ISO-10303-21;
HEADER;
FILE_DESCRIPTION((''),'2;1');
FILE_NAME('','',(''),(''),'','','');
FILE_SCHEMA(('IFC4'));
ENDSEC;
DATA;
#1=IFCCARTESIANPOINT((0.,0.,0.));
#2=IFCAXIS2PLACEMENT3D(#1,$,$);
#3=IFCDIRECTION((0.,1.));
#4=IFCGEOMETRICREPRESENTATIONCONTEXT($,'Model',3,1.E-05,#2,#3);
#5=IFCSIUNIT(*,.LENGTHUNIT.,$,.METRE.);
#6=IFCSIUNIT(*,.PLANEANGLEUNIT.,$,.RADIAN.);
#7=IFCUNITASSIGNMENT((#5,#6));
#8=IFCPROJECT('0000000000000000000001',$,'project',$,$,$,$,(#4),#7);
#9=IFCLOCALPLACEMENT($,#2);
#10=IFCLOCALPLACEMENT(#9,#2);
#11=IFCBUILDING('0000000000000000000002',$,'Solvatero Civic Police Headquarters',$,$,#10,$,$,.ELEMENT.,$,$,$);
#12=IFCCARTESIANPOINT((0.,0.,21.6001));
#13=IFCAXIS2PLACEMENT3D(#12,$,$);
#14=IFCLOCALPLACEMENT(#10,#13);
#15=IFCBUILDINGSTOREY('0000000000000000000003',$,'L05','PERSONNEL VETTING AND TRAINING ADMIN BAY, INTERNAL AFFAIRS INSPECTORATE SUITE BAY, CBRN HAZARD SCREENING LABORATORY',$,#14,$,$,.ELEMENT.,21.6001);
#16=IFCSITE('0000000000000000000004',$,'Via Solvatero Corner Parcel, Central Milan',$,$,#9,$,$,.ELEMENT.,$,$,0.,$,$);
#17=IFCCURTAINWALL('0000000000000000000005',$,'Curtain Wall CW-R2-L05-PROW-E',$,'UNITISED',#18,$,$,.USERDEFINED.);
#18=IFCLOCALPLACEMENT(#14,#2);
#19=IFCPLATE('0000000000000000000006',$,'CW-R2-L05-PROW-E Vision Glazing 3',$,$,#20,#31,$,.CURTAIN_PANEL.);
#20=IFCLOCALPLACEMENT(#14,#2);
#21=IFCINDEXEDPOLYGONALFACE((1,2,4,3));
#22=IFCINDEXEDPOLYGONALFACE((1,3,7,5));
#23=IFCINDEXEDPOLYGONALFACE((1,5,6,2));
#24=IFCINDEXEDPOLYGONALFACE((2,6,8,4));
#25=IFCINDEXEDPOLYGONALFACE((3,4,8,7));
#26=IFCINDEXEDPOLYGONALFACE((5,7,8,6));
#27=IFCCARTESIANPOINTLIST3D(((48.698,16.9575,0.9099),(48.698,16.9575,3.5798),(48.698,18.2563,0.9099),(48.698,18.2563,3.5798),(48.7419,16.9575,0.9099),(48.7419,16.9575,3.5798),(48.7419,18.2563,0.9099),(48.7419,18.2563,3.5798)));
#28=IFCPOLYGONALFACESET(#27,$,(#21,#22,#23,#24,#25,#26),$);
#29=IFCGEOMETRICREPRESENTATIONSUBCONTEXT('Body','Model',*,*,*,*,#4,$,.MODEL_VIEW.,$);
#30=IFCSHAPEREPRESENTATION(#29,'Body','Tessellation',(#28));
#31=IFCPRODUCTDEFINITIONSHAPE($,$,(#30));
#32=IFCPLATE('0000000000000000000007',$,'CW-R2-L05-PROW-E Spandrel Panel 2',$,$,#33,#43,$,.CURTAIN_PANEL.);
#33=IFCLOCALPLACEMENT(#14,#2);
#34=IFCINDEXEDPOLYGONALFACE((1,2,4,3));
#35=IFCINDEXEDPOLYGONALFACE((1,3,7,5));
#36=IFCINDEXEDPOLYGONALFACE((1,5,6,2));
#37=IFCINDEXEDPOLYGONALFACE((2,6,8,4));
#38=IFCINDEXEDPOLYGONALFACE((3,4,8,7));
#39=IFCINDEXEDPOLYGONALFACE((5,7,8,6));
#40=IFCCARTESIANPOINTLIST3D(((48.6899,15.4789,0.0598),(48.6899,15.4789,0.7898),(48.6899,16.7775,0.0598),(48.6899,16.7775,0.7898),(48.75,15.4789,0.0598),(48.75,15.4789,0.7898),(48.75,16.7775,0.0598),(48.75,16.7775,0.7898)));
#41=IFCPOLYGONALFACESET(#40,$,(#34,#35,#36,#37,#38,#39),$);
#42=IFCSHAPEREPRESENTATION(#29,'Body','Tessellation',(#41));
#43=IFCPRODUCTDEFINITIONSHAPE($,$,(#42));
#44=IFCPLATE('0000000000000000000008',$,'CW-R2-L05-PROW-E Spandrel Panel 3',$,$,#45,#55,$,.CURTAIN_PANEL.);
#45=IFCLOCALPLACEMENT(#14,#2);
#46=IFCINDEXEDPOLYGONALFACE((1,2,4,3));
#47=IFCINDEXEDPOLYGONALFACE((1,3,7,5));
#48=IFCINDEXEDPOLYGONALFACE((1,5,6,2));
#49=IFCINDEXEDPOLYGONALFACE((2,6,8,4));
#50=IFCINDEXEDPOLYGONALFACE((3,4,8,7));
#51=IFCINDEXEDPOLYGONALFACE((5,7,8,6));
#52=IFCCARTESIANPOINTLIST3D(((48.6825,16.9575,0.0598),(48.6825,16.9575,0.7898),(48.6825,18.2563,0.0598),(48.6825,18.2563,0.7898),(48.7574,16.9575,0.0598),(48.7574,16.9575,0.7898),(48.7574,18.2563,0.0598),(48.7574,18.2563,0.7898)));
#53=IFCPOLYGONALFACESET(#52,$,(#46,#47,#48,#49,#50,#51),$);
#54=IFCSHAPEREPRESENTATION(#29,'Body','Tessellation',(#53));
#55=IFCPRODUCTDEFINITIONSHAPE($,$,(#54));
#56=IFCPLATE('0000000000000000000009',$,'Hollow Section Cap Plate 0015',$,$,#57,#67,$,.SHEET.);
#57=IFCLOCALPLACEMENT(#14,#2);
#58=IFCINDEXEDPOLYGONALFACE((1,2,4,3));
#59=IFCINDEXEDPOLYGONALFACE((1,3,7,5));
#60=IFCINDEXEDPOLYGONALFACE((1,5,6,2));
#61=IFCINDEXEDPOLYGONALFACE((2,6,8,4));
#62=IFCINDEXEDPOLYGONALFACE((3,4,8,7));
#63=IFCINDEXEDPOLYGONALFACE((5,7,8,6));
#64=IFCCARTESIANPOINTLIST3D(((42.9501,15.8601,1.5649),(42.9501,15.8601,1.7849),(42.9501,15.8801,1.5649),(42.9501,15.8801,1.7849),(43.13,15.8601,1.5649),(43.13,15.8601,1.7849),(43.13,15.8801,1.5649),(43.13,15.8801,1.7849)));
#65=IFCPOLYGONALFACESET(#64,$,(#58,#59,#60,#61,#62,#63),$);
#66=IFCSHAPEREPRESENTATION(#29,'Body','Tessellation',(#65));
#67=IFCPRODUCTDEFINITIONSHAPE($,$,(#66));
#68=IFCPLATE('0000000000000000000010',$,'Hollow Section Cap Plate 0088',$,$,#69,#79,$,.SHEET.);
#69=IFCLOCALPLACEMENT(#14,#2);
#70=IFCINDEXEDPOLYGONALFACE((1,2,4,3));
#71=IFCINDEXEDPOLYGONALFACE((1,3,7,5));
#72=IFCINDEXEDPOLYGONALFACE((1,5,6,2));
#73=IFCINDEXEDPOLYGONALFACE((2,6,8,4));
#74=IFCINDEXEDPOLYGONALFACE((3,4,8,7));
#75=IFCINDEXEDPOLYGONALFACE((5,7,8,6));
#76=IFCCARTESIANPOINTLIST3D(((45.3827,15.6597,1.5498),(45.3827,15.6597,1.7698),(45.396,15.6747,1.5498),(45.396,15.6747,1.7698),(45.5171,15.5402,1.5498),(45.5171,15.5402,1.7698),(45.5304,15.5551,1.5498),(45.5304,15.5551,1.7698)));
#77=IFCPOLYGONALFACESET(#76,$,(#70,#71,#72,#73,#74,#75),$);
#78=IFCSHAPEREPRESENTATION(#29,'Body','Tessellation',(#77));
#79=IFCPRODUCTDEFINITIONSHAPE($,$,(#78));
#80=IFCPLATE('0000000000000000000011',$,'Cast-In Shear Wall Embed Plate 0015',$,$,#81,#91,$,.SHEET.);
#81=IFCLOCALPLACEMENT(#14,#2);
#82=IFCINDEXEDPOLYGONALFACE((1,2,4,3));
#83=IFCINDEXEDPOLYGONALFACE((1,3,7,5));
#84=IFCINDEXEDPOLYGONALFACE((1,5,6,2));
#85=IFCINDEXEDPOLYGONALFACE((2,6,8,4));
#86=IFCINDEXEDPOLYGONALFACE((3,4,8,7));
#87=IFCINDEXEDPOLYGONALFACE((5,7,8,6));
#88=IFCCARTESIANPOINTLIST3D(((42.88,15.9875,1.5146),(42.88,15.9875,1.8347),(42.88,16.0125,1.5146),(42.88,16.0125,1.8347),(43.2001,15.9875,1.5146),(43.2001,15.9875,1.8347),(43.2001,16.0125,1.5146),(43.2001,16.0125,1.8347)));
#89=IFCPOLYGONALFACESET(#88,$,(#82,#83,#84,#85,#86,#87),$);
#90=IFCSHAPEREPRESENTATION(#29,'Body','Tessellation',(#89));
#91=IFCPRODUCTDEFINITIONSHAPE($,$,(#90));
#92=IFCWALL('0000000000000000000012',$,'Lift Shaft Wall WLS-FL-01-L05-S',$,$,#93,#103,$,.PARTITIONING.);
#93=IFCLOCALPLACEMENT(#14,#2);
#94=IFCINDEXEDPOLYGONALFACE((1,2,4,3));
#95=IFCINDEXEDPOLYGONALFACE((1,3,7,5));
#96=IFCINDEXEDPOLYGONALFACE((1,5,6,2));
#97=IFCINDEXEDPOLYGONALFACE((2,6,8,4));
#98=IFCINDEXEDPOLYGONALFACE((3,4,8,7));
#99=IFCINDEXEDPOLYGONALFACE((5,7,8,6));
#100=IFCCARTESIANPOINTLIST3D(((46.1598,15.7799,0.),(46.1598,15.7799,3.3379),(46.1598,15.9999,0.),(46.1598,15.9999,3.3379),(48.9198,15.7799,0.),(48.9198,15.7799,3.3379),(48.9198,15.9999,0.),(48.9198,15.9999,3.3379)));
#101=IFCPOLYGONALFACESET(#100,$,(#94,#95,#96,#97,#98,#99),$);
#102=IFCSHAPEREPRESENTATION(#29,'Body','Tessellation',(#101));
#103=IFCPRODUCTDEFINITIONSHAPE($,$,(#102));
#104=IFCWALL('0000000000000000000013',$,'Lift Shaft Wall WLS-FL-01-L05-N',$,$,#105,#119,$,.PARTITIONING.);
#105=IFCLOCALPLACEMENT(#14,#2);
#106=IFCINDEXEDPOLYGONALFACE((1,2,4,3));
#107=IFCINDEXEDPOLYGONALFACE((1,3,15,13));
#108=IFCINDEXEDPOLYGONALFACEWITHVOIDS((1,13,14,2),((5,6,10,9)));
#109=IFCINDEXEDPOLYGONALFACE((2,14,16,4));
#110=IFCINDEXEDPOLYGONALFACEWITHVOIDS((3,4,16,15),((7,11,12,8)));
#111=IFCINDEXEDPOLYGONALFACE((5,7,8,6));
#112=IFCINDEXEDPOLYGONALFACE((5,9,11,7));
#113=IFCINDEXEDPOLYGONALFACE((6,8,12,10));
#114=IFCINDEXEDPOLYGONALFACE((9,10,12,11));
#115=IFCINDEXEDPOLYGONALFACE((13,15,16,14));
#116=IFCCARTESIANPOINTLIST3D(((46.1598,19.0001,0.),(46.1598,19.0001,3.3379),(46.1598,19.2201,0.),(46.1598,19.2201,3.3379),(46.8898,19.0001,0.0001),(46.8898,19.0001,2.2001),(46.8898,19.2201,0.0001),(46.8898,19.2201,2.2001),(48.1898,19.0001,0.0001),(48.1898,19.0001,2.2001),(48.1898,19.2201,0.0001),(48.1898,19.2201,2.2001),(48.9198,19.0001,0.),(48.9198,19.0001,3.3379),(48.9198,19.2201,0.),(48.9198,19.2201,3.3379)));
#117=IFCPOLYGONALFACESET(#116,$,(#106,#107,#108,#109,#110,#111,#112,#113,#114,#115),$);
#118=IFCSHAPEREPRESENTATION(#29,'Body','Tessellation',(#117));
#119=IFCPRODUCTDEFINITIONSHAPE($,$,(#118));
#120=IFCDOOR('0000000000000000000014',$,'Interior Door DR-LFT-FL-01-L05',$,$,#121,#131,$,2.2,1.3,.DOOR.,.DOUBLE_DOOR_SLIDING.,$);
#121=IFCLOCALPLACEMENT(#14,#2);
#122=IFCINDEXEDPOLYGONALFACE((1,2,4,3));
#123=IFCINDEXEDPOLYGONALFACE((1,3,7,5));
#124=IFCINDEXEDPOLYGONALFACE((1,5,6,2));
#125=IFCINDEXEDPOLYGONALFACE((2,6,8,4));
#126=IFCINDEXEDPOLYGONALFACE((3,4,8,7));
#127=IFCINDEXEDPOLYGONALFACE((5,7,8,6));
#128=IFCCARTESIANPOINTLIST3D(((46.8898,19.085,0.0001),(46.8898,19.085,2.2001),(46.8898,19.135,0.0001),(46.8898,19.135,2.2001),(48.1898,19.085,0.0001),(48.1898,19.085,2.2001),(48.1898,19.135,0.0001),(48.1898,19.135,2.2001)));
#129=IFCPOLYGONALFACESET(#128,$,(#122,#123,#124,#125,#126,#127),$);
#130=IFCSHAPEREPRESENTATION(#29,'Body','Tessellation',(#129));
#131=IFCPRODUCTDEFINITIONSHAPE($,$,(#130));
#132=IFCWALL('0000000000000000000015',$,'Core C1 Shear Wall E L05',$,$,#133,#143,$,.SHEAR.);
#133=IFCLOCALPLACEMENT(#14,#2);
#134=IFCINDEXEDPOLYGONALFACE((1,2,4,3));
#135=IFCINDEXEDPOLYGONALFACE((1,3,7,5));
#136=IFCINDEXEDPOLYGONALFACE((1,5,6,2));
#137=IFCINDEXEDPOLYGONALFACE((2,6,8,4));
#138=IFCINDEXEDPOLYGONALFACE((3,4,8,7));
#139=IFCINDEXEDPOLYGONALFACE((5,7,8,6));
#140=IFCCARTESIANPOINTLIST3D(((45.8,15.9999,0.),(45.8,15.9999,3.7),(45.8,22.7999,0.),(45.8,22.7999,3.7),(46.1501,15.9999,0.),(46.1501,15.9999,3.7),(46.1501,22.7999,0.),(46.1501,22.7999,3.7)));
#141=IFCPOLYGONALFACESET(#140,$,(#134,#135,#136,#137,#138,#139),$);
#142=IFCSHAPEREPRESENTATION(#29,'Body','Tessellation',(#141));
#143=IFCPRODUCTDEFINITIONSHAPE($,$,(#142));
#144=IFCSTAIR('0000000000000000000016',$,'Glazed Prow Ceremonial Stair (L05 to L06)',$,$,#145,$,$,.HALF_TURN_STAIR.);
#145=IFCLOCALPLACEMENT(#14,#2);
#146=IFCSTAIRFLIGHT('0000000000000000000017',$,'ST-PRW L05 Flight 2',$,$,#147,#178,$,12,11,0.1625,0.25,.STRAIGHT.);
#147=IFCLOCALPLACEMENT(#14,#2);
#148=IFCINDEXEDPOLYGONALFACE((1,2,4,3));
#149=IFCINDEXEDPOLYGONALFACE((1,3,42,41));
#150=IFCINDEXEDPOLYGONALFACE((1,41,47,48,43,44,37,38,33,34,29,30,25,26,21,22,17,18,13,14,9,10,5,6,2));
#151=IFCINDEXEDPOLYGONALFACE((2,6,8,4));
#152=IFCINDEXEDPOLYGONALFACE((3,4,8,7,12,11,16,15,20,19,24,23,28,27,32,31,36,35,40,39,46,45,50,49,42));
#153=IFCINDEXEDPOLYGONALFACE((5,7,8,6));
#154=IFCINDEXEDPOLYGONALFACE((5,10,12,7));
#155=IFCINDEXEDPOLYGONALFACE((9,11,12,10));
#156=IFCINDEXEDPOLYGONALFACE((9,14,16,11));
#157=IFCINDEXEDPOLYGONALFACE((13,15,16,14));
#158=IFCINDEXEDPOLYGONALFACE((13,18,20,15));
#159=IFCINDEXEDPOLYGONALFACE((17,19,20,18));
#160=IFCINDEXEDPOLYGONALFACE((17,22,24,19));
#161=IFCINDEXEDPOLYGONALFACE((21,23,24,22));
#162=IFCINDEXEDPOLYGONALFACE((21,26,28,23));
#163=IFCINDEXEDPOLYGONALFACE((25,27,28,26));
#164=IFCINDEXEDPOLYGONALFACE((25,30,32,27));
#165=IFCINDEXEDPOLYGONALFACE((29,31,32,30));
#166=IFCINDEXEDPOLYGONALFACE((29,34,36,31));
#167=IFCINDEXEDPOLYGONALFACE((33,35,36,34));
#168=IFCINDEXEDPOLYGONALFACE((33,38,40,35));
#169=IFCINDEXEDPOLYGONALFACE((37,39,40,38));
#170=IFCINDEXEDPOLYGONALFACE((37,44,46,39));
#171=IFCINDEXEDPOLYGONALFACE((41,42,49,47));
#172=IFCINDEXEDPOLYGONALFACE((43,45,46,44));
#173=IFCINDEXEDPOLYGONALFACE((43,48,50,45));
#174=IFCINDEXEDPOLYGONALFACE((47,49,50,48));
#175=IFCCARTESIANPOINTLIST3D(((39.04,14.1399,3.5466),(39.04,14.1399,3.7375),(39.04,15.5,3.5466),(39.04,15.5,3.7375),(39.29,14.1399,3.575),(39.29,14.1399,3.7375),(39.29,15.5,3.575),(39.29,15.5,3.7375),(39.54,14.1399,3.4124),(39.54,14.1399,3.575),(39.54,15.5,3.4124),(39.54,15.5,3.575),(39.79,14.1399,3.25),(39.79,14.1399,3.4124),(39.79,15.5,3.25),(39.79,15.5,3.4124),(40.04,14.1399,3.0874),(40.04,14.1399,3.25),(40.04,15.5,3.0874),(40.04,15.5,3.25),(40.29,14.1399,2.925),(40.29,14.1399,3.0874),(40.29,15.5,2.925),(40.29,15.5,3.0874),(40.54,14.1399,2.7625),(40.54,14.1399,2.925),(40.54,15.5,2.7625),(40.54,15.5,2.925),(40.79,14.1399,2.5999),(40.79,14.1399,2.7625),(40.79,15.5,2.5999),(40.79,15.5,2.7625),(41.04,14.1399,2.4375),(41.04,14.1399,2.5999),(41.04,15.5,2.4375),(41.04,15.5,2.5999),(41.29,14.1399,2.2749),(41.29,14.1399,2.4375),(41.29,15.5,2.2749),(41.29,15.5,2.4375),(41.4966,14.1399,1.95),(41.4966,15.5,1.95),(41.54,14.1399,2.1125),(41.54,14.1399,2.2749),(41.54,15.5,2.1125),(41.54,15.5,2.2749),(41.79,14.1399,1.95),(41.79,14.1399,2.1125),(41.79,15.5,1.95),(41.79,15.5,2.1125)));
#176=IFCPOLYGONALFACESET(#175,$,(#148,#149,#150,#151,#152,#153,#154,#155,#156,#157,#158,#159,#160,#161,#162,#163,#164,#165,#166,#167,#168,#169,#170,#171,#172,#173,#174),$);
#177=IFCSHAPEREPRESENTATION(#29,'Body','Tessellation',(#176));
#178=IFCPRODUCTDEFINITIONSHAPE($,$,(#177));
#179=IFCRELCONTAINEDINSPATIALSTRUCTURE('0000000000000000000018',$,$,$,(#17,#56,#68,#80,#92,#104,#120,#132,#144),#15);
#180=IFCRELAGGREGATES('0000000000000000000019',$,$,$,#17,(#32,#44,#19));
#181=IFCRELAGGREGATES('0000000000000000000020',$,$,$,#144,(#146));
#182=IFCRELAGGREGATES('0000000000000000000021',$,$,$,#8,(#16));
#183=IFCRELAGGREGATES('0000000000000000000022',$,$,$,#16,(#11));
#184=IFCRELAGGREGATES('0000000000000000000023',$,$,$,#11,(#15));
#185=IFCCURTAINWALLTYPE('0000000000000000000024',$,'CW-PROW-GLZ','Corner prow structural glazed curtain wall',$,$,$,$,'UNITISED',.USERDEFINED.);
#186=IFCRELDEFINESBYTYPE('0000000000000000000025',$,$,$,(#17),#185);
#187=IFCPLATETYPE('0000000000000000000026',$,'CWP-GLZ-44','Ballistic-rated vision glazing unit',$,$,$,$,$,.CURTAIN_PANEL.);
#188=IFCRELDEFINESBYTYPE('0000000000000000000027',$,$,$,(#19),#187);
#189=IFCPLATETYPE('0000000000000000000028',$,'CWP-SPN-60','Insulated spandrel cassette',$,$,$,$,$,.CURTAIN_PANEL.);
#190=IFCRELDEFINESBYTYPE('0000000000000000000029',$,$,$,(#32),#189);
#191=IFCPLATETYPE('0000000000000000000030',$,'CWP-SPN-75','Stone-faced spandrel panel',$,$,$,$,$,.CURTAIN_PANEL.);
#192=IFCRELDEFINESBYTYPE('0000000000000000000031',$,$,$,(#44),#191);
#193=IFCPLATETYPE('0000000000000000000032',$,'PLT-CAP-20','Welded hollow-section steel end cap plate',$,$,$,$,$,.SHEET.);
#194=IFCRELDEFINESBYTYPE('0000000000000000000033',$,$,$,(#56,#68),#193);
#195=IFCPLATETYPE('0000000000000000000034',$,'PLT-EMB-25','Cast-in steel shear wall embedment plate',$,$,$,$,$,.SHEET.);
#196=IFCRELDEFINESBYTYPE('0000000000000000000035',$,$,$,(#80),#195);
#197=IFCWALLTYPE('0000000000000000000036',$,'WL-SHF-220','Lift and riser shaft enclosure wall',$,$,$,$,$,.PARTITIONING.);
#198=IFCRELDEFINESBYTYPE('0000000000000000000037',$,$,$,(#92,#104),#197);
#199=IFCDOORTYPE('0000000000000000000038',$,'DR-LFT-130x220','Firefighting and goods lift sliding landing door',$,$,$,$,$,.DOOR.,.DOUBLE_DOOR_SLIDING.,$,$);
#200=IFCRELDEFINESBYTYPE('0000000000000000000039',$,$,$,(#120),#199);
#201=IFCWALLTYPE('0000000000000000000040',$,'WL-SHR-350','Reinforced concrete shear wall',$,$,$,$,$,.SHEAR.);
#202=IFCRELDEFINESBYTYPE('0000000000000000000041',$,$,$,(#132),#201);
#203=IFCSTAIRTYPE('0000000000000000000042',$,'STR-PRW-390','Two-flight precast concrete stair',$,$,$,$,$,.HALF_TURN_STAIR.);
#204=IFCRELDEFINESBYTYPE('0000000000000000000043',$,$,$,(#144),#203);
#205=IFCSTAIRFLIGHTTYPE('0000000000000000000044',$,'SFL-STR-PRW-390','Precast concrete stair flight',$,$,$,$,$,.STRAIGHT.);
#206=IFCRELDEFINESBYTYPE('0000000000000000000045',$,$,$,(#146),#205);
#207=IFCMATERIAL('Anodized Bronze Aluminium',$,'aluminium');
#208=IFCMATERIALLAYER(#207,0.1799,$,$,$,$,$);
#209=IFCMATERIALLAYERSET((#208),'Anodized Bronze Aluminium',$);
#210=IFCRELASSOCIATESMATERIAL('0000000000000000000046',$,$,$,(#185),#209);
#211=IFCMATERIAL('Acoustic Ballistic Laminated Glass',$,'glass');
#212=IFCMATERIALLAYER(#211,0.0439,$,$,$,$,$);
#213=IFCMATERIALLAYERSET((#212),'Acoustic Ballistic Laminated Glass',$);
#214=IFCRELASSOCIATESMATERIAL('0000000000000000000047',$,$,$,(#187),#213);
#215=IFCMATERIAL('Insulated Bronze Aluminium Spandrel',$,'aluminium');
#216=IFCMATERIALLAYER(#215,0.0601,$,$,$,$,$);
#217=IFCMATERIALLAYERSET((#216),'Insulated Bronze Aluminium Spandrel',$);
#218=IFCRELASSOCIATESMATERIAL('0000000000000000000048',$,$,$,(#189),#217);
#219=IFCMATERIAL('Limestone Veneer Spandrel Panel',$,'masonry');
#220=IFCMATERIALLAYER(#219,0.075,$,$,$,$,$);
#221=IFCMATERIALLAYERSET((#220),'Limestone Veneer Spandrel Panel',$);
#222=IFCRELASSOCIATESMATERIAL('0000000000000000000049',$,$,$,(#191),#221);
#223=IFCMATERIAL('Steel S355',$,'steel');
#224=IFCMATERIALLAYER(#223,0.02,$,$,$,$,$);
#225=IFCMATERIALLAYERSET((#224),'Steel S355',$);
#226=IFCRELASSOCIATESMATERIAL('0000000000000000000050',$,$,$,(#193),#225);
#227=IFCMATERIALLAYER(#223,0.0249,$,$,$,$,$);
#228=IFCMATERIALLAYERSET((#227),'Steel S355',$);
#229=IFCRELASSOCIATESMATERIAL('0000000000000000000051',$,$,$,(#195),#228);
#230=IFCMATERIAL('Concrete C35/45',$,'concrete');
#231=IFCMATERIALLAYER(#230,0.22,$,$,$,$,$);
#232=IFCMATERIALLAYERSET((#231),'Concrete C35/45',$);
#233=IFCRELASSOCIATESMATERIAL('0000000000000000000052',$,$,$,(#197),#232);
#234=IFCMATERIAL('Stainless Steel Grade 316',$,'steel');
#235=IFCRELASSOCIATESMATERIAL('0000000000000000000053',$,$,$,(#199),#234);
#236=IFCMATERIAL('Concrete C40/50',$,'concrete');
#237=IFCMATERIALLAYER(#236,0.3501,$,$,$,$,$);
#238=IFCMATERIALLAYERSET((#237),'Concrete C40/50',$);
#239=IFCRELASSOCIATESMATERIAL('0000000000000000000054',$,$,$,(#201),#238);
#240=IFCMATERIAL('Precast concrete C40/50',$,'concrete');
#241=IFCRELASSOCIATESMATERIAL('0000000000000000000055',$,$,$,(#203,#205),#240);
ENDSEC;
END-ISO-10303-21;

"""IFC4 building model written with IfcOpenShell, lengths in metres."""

from ifc_helpers import new_model, si_unit, direction, frame, frame_2d, origin, origin_2d, place, context, subcontext, project, spatial, polyline, rectangle, outline, extrude, material, layer, layer_set, type_object, element, fill, aggregate, save


model = new_model("IFC4")

# Units and contexts
model_context = context("Model", 3, precision=1e-05, world=origin(), true_north=direction((0.0, 1.0)))
body_context = subcontext(model_context, "Body", "Model", "MODEL_VIEW")
ifc_project = project(units=[si_unit("LENGTHUNIT", "METRE"), si_unit("PLANEANGLEUNIT", "RADIAN")], contexts=[model_context])

# Site, building, storey
site_placement = place(None, origin())
site = spatial("IfcSite", under=ifc_project, at=site_placement, Name="Via Solvatero Corner Parcel, Central Milan", CompositionType="ELEMENT", RefElevation=0.0)
building_placement = place(site_placement, origin())
building = spatial("IfcBuilding", under=site, at=building_placement, Name="Solvatero Civic Police Headquarters", CompositionType="ELEMENT")
storey_placement = place(building_placement, frame((0.0, 0.0, 21.6001)))
storey = spatial("IfcBuildingStorey", under=building, at=storey_placement, Name="L05", Description="PERSONNEL VETTING AND TRAINING ADMIN BAY, INTERNAL AFFAIRS INSPECTORATE SUITE BAY, CBRN HAZARD SCREENING LABORATORY", CompositionType="ELEMENT", Elevation=21.6001)

# Shared definitions
ifc_material_1 = material(Name="Steel S355", Category="steel")

# Curtain wall
ifc_material_2 = material(Name="Anodized Bronze Aluminium", Category="aluminium")
ifc_layer_1 = layer(ifc_material_2, 0.1799)
ifc_layer_set_1 = layer_set([ifc_layer_1], Name="Anodized Bronze Aluminium")
curtain_wall_type = type_object("IfcCurtainWallType", Name="CW-PROW-GLZ", Description="Corner prow structural glazed curtain wall", ElementType="UNITISED", PredefinedType="USERDEFINED", material=ifc_layer_set_1)
curtain_wall_placement = place(storey_placement, origin())
curtain_wall = element("IfcCurtainWall", 1, at=curtain_wall_placement, inside=storey, type_object=curtain_wall_type, Name="Curtain Wall CW-R2-L05-PROW-E", ObjectType="UNITISED", PredefinedType="USERDEFINED")

# Plates
ifc_material_3 = material(Name="Acoustic Ballistic Laminated Glass", Category="glass")
ifc_layer_2 = layer(ifc_material_3, 0.0439)
ifc_layer_set_2 = layer_set([ifc_layer_2], Name="Acoustic Ballistic Laminated Glass")
plate_type_1 = type_object("IfcPlateType", Name="CWP-GLZ-44", Description="Ballistic-rated vision glazing unit", PredefinedType="CURTAIN_PANEL", material=ifc_layer_set_2)
plate_1_placement = place(storey_placement, frame((48.72, 17.6069, 0.9099), z_axis=(0.0, 0.0, 1.0), x_axis=(0.0, 1.0, 0.0)))
plate_1 = element("IfcPlate", 2, at=plate_1_placement, type_object=plate_type_1, Name="CW-R2-L05-PROW-E Vision Glazing 3", PredefinedType="CURTAIN_PANEL", context=body_context, shape_type="SweptSolid", body=[
    extrude(rectangle(XDim=1.2988, YDim=0.0439, at=origin_2d()), origin(), (0.0, 0.0, 1.0), 2.6699),
])
ifc_material_4 = material(Name="Insulated Bronze Aluminium Spandrel", Category="aluminium")
ifc_layer_3 = layer(ifc_material_4, 0.0601)
ifc_layer_set_3 = layer_set([ifc_layer_3], Name="Insulated Bronze Aluminium Spandrel")
plate_type_2 = type_object("IfcPlateType", Name="CWP-SPN-60", Description="Insulated spandrel cassette", PredefinedType="CURTAIN_PANEL", material=ifc_layer_set_3)
plate_2_placement = place(storey_placement, frame((48.72, 16.1282, 0.0598), z_axis=(0.0, 0.0, 1.0), x_axis=(0.0, 1.0, 0.0)))
plate_2 = element("IfcPlate", 3, at=plate_2_placement, type_object=plate_type_2, Name="CW-R2-L05-PROW-E Spandrel Panel 2", PredefinedType="CURTAIN_PANEL", context=body_context, shape_type="SweptSolid", body=[
    extrude(rectangle(XDim=1.2986, YDim=0.0601, at=origin_2d()), origin(), (0.0, 0.0, 1.0), 0.73),
])
ifc_material_5 = material(Name="Limestone Veneer Spandrel Panel", Category="masonry")
ifc_layer_4 = layer(ifc_material_5, 0.075)
ifc_layer_set_4 = layer_set([ifc_layer_4], Name="Limestone Veneer Spandrel Panel")
plate_type_3 = type_object("IfcPlateType", Name="CWP-SPN-75", Description="Stone-faced spandrel panel", PredefinedType="CURTAIN_PANEL", material=ifc_layer_set_4)
plate_3_placement = place(storey_placement, frame((48.72, 17.6069, 0.0598), z_axis=(0.0, 0.0, 1.0), x_axis=(0.0, 1.0, 0.0)))
plate_3 = element("IfcPlate", 4, at=plate_3_placement, type_object=plate_type_3, Name="CW-R2-L05-PROW-E Spandrel Panel 3", PredefinedType="CURTAIN_PANEL", context=body_context, shape_type="SweptSolid", body=[
    extrude(rectangle(XDim=1.2988, YDim=0.075, at=origin_2d()), origin(), (0.0, 0.0, 1.0), 0.73),
])
aggregate(curtain_wall, [plate_2, plate_3, plate_1])

# Plates
ifc_layer_5 = layer(ifc_material_1, 0.02)
ifc_layer_set_5 = layer_set([ifc_layer_5], Name="Steel S355")
plate_type_4 = type_object("IfcPlateType", Name="PLT-CAP-20", Description="Welded hollow-section steel end cap plate", PredefinedType="SHEET", material=ifc_layer_set_5)
plate_4_placement = place(storey_placement, frame((43.04, 15.8701, 1.5649), z_axis=(0.0, 0.0, 1.0), x_axis=(1.0, 0.0, 0.0)))
element("IfcPlate", 5, at=plate_4_placement, inside=storey, type_object=plate_type_4, Name="Hollow Section Cap Plate 0015", PredefinedType="SHEET", context=body_context, shape_type="SweptSolid", body=[
    extrude(rectangle(XDim=0.1799, YDim=0.02, at=origin_2d()), origin(), (0.0, 0.0, 1.0), 0.22),
])
plate_5_placement = place(storey_placement, frame((45.4565, 15.6074, 1.5498), z_axis=(0.0, 0.0, 1.0), x_axis=(0.66437, 0.747404, 0.0)))
element("IfcPlate", 6, at=plate_5_placement, inside=storey, type_object=plate_type_4, Name="Hollow Section Cap Plate 0088", PredefinedType="SHEET", context=body_context, shape_type="SweptSolid", body=[
    extrude(rectangle(XDim=0.02, YDim=0.1799, at=origin_2d()), origin(), (0.0, 0.0, 1.0), 0.22),
])
ifc_layer_6 = layer(ifc_material_1, 0.0249)
ifc_layer_set_6 = layer_set([ifc_layer_6], Name="Steel S355")
plate_type_5 = type_object("IfcPlateType", Name="PLT-EMB-25", Description="Cast-in steel shear wall embedment plate", PredefinedType="SHEET", material=ifc_layer_set_6)
plate_6_placement = place(storey_placement, frame((43.04, 16.0, 1.5146), z_axis=(0.0, 0.0, 1.0), x_axis=(1.0, 0.0, 0.0)))
element("IfcPlate", 7, at=plate_6_placement, inside=storey, type_object=plate_type_5, Name="Cast-In Shear Wall Embed Plate 0015", PredefinedType="SHEET", context=body_context, shape_type="SweptSolid", body=[
    extrude(rectangle(XDim=0.3201, YDim=0.0249, at=origin_2d()), origin(), (0.0, 0.0, 1.0), 0.3201),
])

# Wall
ifc_material_6 = material(Name="Concrete C35/45", Category="concrete")
ifc_layer_7 = layer(ifc_material_6, 0.22)
ifc_layer_set_7 = layer_set([ifc_layer_7], Name="Concrete C35/45")
wall_type_1 = type_object("IfcWallType", Name="WL-SHF-220", Description="Lift and riser shaft enclosure wall", PredefinedType="PARTITIONING", material=ifc_layer_set_7)
wall_1_placement = place(storey_placement, frame((46.1599, 15.8899, 0.0), z_axis=(0.0, 0.0, 1.0), x_axis=(1.0, 0.0, 0.0)))
element("IfcWall", 8, at=wall_1_placement, inside=storey, type_object=wall_type_1, Name="Lift Shaft Wall WLS-FL-01-L05-S", PredefinedType="PARTITIONING", context=body_context, shape_type="SweptSolid", body=[
    extrude(rectangle(XDim=2.76, YDim=0.22, at=frame_2d((1.3799, 0.0))), origin(), (0.0, 0.0, 1.0), 3.3379),
])

# Wall, opening, door
wall_2_placement = place(storey_placement, frame((46.1599, 19.1101, 0.0), z_axis=(0.0, 0.0, 1.0), x_axis=(1.0, 0.0, 0.0)))
wall_2 = element("IfcWall", 9, at=wall_2_placement, inside=storey, type_object=wall_type_1, Name="Lift Shaft Wall WLS-FL-01-L05-N", PredefinedType="PARTITIONING", context=body_context, shape_type="SweptSolid", body=[
    extrude(rectangle(XDim=2.76, YDim=0.22, at=frame_2d((1.3799, 0.0))), origin(), (0.0, 0.0, 1.0), 3.3379),
])
opening_placement = place(wall_2_placement, frame((0.73, 0.0, 0.0)))
opening = element("IfcOpeningElement", 10, at=opening_placement, cuts=wall_2, PredefinedType="OPENING", context=body_context, shape_type="SweptSolid", body=[
    extrude(rectangle(XDim=1.3, YDim=2.2, at=frame_2d((0.6499, 1.1001))), frame((0.0, 0.1199, 0.0), z_axis=(0.0, -1.0, 0.0), x_axis=(1.0, 0.0, 0.0)), (0.0, 0.0, 1.0), 0.24),
])
ifc_material_7 = material(Name="Stainless Steel Grade 316", Category="steel")
door_type = type_object("IfcDoorType", Name="DR-LFT-130x220", Description="Firefighting and goods lift sliding landing door", OperationType="DOUBLE_DOOR_SLIDING", PredefinedType="DOOR", material=ifc_material_7)
door_placement = place(opening_placement, origin())
door = element("IfcDoor", 11, at=door_placement, inside=storey, type_object=door_type, Name="Interior Door DR-LFT-FL-01-L05", OperationType="DOUBLE_DOOR_SLIDING", OverallHeight=2.2, OverallWidth=1.3, PredefinedType="DOOR", context=body_context, shape_type="SweptSolid", body=[
    extrude(rectangle(XDim=1.3, YDim=2.2, at=frame_2d((0.6499, 1.1001))), frame((0.0, 0.0249, 0.0), z_axis=(0.0, -1.0, 0.0), x_axis=(1.0, 0.0, 0.0)), (0.0, 0.0, 1.0), 0.05),
])
fill(opening, door)

# Wall
ifc_material_8 = material(Name="Concrete C40/50", Category="concrete")
ifc_layer_8 = layer(ifc_material_8, 0.3501)
ifc_layer_set_8 = layer_set([ifc_layer_8], Name="Concrete C40/50")
wall_type_2 = type_object("IfcWallType", Name="WL-SHR-350", Description="Reinforced concrete shear wall", PredefinedType="SHEAR", material=ifc_layer_set_8)
wall_3_placement = place(storey_placement, frame((45.9751, 16.0, 0.0), z_axis=(0.0, 0.0, 1.0), x_axis=(0.0, 1.0, 0.0)))
element("IfcWall", 12, at=wall_3_placement, inside=storey, type_object=wall_type_2, Name="Core C1 Shear Wall E L05", PredefinedType="SHEAR", context=body_context, shape_type="SweptSolid", body=[
    extrude(rectangle(XDim=6.8, YDim=0.3501, at=frame_2d((3.3999, 0.0))), origin(), (0.0, 0.0, 1.0), 3.7),
])

# Stair, stair flight
ifc_material_9 = material(Name="Precast concrete C40/50", Category="concrete")
stair_type = type_object("IfcStairType", Name="STR-PRW-390", Description="Two-flight precast concrete stair", PredefinedType="HALF_TURN_STAIR", material=ifc_material_9)
stair_placement = place(storey_placement, origin())
stair = element("IfcStair", 13, at=stair_placement, inside=storey, type_object=stair_type, Name="Glazed Prow Ceremonial Stair (L05 to L06)", PredefinedType="HALF_TURN_STAIR")
stair_flight_type = type_object("IfcStairFlightType", Name="SFL-STR-PRW-390", Description="Precast concrete stair flight", PredefinedType="STRAIGHT", material=ifc_material_9)
stair_flight_placement = place(storey_placement, frame((41.79, 14.8201, 1.95), z_axis=(0.0, 0.0, 1.0), x_axis=(-1.0, 0.0, 0.0)))
stair_flight = element("IfcStairFlight", 14, at=stair_flight_placement, type_object=stair_flight_type, Name="ST-PRW L05 Flight 2", NumberOfRisers=12, NumberOfTreads=11, PredefinedType="STRAIGHT", RiserHeight=0.1625, TreadLength=0.25, context=body_context, shape_type="SweptSolid", body=[
    extrude(outline(polyline([(0.0, 0.0), (0.0, 0.1626), (0.25, 0.1626), (0.25, 0.325), (0.5, 0.325), (0.5, 0.4875), (0.75, 0.4875), (0.75, 0.6499), (1.0, 0.6499), (1.0, 0.8125), (1.25, 0.8125), (1.25, 0.9751), (1.5, 0.9751), (1.5, 1.1375), (1.75, 1.1375), (1.75, 1.3), (2.0, 1.3), (2.0, 1.4624), (2.25, 1.4624), (2.25, 1.625), (2.5, 1.625), (2.5, 1.7876), (2.75, 1.7876), (2.75, 1.95), (2.75, 1.5967), (0.2935, 0.0), (0.0, 0.0)])), frame((0.0, 0.6802, 0.0), z_axis=(0.0, -1.0, 0.0), x_axis=(1.0, 0.0, 0.0)), (0.0, 0.0, 1.0), 1.3601),
])
aggregate(stair, [stair_flight])

save(model, "model.ifc")
